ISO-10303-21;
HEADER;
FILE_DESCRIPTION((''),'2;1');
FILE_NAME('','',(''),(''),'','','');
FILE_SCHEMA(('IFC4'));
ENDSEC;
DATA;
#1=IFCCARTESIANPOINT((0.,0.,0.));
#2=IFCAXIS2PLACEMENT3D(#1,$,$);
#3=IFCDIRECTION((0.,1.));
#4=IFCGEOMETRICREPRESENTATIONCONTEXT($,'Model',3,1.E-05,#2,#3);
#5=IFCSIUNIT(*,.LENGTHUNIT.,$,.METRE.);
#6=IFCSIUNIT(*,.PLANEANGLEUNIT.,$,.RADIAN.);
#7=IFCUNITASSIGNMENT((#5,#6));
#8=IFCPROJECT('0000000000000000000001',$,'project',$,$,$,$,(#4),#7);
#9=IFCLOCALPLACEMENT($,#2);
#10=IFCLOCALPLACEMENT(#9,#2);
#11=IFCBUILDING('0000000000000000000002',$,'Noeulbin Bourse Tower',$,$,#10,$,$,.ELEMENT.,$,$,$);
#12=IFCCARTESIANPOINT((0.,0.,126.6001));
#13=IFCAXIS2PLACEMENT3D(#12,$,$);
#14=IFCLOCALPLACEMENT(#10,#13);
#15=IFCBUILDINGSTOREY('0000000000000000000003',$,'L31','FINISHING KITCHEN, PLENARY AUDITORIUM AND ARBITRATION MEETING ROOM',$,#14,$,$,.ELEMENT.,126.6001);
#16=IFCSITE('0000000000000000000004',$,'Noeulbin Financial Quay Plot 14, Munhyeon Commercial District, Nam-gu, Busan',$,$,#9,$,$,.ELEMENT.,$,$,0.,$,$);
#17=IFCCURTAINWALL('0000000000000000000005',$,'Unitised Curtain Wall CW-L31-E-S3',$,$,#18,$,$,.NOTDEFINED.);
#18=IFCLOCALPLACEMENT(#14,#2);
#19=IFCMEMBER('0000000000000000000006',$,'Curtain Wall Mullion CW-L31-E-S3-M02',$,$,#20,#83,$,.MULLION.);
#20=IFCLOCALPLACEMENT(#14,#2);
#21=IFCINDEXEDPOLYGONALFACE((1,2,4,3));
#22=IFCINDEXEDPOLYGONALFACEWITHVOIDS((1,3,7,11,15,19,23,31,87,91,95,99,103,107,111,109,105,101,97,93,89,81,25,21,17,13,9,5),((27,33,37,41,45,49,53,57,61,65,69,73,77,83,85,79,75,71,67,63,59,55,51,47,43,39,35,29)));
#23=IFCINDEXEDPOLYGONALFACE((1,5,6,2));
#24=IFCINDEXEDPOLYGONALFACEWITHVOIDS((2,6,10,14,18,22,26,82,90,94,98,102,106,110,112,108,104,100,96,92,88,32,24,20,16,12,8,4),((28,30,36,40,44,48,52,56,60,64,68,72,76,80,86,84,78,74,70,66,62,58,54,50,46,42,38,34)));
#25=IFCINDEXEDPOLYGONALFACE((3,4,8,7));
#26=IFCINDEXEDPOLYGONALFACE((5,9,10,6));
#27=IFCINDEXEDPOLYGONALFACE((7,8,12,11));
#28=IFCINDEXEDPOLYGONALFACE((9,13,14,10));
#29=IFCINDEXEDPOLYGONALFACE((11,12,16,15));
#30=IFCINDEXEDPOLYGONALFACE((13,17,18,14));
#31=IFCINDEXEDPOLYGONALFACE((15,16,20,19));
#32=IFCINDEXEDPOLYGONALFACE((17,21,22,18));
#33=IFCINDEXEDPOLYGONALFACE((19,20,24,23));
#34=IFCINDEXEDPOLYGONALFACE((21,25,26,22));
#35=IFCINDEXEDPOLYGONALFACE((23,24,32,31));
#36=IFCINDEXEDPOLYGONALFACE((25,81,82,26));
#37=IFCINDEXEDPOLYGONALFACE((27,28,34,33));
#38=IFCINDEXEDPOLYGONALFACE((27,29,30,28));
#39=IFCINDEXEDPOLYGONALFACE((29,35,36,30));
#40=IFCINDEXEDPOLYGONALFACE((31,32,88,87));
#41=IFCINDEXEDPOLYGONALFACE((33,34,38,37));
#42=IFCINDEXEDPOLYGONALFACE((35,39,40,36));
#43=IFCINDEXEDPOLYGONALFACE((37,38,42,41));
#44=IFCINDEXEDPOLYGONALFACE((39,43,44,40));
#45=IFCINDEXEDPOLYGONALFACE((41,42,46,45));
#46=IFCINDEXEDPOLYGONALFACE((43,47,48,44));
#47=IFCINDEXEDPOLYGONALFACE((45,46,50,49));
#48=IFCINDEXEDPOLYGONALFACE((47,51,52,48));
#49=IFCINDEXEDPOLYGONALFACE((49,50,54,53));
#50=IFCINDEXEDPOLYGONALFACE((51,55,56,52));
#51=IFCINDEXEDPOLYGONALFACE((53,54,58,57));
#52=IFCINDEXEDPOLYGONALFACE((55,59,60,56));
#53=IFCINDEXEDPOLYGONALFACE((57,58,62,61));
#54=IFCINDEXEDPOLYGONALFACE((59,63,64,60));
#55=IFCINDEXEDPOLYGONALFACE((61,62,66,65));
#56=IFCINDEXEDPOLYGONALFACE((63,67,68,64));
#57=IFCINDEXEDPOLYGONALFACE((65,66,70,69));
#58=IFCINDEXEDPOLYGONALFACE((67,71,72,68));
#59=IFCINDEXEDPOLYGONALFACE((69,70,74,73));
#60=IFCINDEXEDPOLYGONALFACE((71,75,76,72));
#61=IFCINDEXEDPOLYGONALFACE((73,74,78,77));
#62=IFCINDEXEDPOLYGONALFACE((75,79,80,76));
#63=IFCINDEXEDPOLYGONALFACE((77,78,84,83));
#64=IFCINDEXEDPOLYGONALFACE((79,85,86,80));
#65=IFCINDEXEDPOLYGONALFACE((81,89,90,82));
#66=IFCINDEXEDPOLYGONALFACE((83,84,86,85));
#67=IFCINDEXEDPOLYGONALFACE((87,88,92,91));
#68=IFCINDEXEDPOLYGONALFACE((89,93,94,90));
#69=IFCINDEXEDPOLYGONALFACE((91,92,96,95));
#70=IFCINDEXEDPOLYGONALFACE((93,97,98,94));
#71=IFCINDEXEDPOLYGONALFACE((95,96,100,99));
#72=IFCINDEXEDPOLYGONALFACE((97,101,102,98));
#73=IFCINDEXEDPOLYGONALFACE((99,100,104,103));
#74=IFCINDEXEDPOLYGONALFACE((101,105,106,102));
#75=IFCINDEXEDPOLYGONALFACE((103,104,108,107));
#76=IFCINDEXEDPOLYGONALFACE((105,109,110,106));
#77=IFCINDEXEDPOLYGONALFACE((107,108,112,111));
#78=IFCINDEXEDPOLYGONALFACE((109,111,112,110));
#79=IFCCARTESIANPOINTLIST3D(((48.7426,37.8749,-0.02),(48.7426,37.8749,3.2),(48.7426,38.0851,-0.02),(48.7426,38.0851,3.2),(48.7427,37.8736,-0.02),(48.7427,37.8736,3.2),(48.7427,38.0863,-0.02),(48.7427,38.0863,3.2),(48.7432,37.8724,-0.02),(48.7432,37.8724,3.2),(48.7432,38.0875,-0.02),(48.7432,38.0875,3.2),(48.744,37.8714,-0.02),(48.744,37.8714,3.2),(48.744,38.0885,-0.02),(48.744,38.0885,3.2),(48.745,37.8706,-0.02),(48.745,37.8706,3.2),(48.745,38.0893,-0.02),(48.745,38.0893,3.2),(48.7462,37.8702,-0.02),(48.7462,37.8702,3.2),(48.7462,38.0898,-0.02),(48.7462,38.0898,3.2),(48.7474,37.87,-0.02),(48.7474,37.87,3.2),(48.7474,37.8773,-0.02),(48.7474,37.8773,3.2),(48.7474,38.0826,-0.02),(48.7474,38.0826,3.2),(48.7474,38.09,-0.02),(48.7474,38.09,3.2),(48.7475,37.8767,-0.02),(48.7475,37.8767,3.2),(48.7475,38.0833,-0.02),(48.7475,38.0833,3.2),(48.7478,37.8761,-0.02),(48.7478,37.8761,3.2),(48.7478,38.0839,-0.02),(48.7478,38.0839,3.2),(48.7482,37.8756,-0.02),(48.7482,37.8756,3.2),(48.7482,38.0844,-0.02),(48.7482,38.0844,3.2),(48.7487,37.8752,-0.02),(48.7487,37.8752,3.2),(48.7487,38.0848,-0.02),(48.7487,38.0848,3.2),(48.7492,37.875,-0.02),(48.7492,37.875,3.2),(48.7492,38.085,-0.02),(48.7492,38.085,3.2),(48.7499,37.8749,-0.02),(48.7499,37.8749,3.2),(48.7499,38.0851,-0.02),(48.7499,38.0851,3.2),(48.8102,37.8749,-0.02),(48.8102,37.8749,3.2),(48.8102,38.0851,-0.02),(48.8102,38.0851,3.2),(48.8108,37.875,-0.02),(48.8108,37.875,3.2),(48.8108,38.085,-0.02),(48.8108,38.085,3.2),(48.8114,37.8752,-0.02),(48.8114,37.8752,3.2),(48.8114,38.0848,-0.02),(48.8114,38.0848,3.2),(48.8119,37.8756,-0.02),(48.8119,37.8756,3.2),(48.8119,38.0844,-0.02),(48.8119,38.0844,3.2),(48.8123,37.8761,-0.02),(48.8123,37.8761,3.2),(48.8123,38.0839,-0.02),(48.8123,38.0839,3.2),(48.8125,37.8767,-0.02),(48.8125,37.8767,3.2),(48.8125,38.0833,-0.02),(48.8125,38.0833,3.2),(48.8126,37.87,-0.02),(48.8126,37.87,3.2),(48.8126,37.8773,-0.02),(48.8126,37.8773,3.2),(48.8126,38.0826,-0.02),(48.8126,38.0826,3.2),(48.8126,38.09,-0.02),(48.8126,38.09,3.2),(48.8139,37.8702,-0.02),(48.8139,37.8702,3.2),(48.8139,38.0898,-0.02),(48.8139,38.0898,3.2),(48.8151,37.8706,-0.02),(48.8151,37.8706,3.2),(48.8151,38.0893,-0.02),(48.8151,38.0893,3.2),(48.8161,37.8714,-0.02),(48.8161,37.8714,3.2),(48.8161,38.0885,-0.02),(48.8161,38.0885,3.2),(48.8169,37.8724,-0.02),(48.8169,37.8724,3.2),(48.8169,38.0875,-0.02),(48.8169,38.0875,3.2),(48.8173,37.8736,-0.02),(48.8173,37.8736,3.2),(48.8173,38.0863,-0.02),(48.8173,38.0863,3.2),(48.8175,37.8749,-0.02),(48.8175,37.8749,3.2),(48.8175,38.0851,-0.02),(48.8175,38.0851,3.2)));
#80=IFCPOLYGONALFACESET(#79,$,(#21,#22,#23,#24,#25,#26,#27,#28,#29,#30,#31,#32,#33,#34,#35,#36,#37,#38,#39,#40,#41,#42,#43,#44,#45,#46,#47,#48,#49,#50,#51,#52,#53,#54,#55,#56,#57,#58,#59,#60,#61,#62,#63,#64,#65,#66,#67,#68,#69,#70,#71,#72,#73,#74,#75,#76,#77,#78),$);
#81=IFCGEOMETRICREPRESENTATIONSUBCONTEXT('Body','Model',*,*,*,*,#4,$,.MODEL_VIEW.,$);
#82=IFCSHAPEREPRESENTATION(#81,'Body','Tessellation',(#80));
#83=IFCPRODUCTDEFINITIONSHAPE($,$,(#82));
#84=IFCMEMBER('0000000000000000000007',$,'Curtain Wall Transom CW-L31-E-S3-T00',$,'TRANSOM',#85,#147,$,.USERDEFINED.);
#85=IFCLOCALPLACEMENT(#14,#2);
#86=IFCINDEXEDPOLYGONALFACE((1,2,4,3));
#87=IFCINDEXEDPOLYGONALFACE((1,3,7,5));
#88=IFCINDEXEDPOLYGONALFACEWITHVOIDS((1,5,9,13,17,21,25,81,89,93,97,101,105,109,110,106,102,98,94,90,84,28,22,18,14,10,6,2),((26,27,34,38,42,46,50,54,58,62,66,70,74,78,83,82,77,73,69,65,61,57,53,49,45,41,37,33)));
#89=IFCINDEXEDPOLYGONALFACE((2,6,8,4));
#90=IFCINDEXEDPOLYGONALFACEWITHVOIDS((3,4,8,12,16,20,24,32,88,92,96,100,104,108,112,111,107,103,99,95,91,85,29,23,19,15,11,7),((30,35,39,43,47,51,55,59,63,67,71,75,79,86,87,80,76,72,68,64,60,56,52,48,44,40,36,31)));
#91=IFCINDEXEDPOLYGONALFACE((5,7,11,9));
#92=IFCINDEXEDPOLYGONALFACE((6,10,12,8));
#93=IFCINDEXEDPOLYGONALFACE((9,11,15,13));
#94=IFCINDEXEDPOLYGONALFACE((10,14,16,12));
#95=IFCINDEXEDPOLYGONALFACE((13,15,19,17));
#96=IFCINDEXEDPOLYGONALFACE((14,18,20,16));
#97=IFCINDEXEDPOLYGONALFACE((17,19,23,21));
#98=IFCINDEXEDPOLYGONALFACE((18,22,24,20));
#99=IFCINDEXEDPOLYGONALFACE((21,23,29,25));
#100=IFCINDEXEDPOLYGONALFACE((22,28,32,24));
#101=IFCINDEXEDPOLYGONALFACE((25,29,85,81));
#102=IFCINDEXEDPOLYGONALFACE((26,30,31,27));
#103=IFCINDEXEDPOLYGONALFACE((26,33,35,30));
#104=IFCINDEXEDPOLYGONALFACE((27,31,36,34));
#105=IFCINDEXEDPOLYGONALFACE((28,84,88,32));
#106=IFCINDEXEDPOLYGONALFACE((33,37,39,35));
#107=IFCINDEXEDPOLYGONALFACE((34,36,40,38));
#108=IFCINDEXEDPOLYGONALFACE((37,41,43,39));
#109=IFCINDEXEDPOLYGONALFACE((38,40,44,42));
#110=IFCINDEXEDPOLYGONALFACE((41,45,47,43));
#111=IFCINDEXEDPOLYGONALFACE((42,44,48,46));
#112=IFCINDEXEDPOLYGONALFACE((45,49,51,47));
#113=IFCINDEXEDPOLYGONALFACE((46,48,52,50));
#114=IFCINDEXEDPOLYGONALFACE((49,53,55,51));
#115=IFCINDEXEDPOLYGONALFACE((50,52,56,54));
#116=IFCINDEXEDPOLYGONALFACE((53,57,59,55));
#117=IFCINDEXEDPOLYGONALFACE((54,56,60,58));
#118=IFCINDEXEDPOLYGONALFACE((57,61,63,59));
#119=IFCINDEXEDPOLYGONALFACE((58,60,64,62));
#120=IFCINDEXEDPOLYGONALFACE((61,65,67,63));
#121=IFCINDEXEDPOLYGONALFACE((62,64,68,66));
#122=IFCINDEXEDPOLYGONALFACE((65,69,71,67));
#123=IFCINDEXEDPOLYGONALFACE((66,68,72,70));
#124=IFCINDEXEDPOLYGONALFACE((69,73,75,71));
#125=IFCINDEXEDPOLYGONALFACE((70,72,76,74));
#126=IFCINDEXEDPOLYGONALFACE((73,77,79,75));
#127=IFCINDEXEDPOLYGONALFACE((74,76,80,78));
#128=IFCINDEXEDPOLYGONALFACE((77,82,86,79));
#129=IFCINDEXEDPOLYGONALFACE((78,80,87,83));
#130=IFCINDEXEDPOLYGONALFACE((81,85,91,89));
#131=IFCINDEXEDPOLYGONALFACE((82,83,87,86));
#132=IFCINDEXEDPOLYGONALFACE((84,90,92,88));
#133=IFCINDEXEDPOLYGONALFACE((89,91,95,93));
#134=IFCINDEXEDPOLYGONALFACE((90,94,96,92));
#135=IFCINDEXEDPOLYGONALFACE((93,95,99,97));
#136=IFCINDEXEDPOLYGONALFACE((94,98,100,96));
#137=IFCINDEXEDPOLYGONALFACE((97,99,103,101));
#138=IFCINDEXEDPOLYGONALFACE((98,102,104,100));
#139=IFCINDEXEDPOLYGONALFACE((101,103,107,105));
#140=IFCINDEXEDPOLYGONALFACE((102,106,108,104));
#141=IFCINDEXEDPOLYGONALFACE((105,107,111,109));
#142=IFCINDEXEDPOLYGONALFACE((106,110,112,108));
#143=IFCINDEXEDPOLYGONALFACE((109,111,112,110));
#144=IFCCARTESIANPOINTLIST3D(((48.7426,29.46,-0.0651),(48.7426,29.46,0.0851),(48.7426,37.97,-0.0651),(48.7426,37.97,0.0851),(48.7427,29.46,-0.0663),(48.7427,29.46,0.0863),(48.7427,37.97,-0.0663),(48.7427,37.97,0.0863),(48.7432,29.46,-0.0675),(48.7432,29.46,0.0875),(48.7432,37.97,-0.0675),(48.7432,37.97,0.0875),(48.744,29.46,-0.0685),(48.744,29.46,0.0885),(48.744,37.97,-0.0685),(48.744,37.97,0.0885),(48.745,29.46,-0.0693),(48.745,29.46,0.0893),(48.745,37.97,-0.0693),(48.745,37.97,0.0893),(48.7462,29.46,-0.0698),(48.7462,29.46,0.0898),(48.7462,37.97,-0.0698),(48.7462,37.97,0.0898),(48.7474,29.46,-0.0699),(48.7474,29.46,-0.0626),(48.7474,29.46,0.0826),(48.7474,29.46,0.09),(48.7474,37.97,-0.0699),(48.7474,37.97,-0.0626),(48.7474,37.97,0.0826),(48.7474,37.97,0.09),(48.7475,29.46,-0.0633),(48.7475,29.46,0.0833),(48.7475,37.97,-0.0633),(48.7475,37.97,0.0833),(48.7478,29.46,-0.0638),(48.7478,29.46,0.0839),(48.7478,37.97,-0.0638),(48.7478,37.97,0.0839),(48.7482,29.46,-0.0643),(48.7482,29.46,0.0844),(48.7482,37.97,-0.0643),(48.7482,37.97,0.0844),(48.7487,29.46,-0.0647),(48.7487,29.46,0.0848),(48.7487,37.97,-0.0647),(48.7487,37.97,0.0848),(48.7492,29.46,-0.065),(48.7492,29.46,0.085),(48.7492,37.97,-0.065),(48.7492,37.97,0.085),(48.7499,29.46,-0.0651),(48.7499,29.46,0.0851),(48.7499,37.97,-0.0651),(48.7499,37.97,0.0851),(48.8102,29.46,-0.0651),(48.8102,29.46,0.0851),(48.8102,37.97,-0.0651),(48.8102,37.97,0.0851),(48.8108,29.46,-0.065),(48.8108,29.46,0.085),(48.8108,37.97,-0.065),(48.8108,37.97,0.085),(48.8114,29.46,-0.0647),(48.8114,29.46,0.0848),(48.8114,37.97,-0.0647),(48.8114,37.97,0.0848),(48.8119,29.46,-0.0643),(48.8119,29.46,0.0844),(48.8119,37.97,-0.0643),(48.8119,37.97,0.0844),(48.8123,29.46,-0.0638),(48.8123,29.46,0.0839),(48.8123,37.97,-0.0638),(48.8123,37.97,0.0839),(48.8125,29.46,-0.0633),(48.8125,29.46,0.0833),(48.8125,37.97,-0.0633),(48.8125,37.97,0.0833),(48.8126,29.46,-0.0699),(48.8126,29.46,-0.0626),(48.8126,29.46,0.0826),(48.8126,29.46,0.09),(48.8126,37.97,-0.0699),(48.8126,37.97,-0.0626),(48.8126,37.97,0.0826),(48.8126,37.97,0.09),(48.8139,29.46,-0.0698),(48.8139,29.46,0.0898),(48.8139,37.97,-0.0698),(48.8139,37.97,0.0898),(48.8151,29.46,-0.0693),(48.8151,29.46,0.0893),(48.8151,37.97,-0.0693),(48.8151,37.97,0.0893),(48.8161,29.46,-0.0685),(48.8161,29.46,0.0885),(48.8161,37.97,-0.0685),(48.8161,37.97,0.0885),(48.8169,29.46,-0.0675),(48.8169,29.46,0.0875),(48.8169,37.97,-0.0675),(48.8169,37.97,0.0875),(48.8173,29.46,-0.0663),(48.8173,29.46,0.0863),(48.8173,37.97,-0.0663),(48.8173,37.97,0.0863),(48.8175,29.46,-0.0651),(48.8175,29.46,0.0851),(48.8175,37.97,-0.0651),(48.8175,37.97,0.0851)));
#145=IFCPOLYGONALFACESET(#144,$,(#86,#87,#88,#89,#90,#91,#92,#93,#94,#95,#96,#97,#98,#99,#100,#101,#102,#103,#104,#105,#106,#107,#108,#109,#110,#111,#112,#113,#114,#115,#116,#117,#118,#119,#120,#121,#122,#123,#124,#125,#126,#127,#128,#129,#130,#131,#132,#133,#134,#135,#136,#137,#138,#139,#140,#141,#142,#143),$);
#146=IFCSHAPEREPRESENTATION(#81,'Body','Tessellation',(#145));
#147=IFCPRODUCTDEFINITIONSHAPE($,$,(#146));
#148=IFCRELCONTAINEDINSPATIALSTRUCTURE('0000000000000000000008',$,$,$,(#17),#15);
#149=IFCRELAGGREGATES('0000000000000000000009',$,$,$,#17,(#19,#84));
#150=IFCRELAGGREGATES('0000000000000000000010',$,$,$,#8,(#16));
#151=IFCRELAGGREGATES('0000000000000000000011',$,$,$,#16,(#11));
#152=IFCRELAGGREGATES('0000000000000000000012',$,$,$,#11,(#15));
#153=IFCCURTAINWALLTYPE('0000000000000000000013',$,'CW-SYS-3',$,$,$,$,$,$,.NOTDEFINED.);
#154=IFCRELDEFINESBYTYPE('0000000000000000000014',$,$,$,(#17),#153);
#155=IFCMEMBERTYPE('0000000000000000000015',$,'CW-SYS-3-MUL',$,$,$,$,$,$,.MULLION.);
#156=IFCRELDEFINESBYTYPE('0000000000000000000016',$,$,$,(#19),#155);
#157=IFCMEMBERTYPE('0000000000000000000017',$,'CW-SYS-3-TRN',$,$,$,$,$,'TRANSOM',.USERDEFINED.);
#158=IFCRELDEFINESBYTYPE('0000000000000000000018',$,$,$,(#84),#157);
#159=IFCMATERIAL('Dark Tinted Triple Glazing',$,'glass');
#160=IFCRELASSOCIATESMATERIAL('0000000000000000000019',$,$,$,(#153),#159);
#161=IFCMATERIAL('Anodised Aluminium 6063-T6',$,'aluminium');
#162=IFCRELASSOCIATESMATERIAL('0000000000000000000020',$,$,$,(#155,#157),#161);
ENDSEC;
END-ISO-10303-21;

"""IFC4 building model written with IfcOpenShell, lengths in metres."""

from ifc_helpers import new_model, si_unit, direction, frame, origin, origin_2d, place, context, subcontext, project, spatial, hollow_rectangle, extrude, material, material_profile, profile_set, type_object, element, aggregate, save


model = new_model("IFC4")

# Units and contexts
model_context = context("Model", 3, precision=1e-05, world=origin(), true_north=direction((0.0, 1.0)))
body_context = subcontext(model_context, "Body", "Model", "MODEL_VIEW")
ifc_project = project(units=[si_unit("LENGTHUNIT", "METRE"), si_unit("PLANEANGLEUNIT", "RADIAN")], contexts=[model_context])

# Site, building, storey
site_placement = place(None, origin())
site = spatial("IfcSite", under=ifc_project, at=site_placement, Name="Noeulbin Financial Quay Plot 14, Munhyeon Commercial District, Nam-gu, Busan", CompositionType="ELEMENT", RefElevation=0.0)
building_placement = place(site_placement, origin())
building = spatial("IfcBuilding", under=site, at=building_placement, Name="Noeulbin Bourse Tower", CompositionType="ELEMENT")
storey_placement = place(building_placement, frame((0.0, 0.0, 126.6001)))
storey = spatial("IfcBuildingStorey", under=building, at=storey_placement, Name="L31", Description="FINISHING KITCHEN, PLENARY AUDITORIUM AND ARBITRATION MEETING ROOM", CompositionType="ELEMENT", Elevation=126.6001)

# Curtain wall, members
ifc_material_1 = material(Name="Dark Tinted Triple Glazing", Category="glass")
curtain_wall_type = type_object("IfcCurtainWallType", Name="CW-SYS-3", PredefinedType="NOTDEFINED", material=ifc_material_1)
ifc_material_2 = material(Name="Anodised Aluminium 6063-T6", Category="aluminium")
ifc_material_profile_1 = material_profile(ifc_material_2, hollow_rectangle(XDim=0.075, YDim=0.22, WallThickness=0.0049, InnerFilletRadius=0.0024, OuterFilletRadius=0.0049, at=origin_2d()), Name="ALU-MULL-75x220x5", Category="LoadBearing")
ifc_profile_set_1 = profile_set([ifc_material_profile_1], Name="Anodised Aluminium 6063-T6")
member_type_1 = type_object("IfcMemberType", Name="CW-SYS-3-MUL", PredefinedType="MULLION", material=ifc_profile_set_1)
curtain_wall_1_placement = place(storey_placement, origin())
curtain_wall_1 = element("IfcCurtainWall", 1, at=curtain_wall_1_placement, inside=storey, type_object=curtain_wall_type, Name="Unitised Curtain Wall CW-L31-E-S3", PredefinedType="NOTDEFINED")
member_1_placement = place(storey_placement, frame((48.78, 37.98, -0.02), z_axis=(0.0, 0.0, 1.0), x_axis=(1.0, 0.0, 0.0)))
member_1 = element("IfcMember", 2, at=member_1_placement, type_object=member_type_1, Name="Curtain Wall Mullion CW-L31-E-S3-M02", PredefinedType="MULLION", context=body_context, shape_type="SweptSolid", body=[
    extrude(hollow_rectangle(XDim=0.075, YDim=0.22, WallThickness=0.0049, InnerFilletRadius=0.0024, OuterFilletRadius=0.0049, at=origin_2d()), origin(), (0.0, 0.0, 1.0), 3.22),
])
ifc_material_profile_2 = material_profile(ifc_material_2, hollow_rectangle(XDim=0.075, YDim=0.1599, WallThickness=0.0049, InnerFilletRadius=0.0024, OuterFilletRadius=0.0049, at=origin_2d()), Name="ALU-TRAN-75x160x5", Category="LoadBearing")
ifc_profile_set_2 = profile_set([ifc_material_profile_2], Name="Anodised Aluminium 6063-T6")
member_type_2 = type_object("IfcMemberType", Name="CW-SYS-3-TRN", ElementType="TRANSOM", PredefinedType="USERDEFINED", material=ifc_profile_set_2)
member_2_placement = place(storey_placement, frame((48.78, 29.46, 0.01), z_axis=(0.0, 1.0, 0.0), x_axis=(-1.0, 0.0, 0.0)))
member_2 = element("IfcMember", 3, at=member_2_placement, type_object=member_type_2, Name="Curtain Wall Transom CW-L31-E-S3-T00", ObjectType="TRANSOM", PredefinedType="USERDEFINED", context=body_context, shape_type="SweptSolid", body=[
    extrude(hollow_rectangle(XDim=0.075, YDim=0.1599, WallThickness=0.0049, InnerFilletRadius=0.0024, OuterFilletRadius=0.0049, at=origin_2d()), origin(), (0.0, 0.0, 1.0), 8.51),
])

aggregate(curtain_wall_1, [member_1, member_2])

save(model, "model.ifc")
